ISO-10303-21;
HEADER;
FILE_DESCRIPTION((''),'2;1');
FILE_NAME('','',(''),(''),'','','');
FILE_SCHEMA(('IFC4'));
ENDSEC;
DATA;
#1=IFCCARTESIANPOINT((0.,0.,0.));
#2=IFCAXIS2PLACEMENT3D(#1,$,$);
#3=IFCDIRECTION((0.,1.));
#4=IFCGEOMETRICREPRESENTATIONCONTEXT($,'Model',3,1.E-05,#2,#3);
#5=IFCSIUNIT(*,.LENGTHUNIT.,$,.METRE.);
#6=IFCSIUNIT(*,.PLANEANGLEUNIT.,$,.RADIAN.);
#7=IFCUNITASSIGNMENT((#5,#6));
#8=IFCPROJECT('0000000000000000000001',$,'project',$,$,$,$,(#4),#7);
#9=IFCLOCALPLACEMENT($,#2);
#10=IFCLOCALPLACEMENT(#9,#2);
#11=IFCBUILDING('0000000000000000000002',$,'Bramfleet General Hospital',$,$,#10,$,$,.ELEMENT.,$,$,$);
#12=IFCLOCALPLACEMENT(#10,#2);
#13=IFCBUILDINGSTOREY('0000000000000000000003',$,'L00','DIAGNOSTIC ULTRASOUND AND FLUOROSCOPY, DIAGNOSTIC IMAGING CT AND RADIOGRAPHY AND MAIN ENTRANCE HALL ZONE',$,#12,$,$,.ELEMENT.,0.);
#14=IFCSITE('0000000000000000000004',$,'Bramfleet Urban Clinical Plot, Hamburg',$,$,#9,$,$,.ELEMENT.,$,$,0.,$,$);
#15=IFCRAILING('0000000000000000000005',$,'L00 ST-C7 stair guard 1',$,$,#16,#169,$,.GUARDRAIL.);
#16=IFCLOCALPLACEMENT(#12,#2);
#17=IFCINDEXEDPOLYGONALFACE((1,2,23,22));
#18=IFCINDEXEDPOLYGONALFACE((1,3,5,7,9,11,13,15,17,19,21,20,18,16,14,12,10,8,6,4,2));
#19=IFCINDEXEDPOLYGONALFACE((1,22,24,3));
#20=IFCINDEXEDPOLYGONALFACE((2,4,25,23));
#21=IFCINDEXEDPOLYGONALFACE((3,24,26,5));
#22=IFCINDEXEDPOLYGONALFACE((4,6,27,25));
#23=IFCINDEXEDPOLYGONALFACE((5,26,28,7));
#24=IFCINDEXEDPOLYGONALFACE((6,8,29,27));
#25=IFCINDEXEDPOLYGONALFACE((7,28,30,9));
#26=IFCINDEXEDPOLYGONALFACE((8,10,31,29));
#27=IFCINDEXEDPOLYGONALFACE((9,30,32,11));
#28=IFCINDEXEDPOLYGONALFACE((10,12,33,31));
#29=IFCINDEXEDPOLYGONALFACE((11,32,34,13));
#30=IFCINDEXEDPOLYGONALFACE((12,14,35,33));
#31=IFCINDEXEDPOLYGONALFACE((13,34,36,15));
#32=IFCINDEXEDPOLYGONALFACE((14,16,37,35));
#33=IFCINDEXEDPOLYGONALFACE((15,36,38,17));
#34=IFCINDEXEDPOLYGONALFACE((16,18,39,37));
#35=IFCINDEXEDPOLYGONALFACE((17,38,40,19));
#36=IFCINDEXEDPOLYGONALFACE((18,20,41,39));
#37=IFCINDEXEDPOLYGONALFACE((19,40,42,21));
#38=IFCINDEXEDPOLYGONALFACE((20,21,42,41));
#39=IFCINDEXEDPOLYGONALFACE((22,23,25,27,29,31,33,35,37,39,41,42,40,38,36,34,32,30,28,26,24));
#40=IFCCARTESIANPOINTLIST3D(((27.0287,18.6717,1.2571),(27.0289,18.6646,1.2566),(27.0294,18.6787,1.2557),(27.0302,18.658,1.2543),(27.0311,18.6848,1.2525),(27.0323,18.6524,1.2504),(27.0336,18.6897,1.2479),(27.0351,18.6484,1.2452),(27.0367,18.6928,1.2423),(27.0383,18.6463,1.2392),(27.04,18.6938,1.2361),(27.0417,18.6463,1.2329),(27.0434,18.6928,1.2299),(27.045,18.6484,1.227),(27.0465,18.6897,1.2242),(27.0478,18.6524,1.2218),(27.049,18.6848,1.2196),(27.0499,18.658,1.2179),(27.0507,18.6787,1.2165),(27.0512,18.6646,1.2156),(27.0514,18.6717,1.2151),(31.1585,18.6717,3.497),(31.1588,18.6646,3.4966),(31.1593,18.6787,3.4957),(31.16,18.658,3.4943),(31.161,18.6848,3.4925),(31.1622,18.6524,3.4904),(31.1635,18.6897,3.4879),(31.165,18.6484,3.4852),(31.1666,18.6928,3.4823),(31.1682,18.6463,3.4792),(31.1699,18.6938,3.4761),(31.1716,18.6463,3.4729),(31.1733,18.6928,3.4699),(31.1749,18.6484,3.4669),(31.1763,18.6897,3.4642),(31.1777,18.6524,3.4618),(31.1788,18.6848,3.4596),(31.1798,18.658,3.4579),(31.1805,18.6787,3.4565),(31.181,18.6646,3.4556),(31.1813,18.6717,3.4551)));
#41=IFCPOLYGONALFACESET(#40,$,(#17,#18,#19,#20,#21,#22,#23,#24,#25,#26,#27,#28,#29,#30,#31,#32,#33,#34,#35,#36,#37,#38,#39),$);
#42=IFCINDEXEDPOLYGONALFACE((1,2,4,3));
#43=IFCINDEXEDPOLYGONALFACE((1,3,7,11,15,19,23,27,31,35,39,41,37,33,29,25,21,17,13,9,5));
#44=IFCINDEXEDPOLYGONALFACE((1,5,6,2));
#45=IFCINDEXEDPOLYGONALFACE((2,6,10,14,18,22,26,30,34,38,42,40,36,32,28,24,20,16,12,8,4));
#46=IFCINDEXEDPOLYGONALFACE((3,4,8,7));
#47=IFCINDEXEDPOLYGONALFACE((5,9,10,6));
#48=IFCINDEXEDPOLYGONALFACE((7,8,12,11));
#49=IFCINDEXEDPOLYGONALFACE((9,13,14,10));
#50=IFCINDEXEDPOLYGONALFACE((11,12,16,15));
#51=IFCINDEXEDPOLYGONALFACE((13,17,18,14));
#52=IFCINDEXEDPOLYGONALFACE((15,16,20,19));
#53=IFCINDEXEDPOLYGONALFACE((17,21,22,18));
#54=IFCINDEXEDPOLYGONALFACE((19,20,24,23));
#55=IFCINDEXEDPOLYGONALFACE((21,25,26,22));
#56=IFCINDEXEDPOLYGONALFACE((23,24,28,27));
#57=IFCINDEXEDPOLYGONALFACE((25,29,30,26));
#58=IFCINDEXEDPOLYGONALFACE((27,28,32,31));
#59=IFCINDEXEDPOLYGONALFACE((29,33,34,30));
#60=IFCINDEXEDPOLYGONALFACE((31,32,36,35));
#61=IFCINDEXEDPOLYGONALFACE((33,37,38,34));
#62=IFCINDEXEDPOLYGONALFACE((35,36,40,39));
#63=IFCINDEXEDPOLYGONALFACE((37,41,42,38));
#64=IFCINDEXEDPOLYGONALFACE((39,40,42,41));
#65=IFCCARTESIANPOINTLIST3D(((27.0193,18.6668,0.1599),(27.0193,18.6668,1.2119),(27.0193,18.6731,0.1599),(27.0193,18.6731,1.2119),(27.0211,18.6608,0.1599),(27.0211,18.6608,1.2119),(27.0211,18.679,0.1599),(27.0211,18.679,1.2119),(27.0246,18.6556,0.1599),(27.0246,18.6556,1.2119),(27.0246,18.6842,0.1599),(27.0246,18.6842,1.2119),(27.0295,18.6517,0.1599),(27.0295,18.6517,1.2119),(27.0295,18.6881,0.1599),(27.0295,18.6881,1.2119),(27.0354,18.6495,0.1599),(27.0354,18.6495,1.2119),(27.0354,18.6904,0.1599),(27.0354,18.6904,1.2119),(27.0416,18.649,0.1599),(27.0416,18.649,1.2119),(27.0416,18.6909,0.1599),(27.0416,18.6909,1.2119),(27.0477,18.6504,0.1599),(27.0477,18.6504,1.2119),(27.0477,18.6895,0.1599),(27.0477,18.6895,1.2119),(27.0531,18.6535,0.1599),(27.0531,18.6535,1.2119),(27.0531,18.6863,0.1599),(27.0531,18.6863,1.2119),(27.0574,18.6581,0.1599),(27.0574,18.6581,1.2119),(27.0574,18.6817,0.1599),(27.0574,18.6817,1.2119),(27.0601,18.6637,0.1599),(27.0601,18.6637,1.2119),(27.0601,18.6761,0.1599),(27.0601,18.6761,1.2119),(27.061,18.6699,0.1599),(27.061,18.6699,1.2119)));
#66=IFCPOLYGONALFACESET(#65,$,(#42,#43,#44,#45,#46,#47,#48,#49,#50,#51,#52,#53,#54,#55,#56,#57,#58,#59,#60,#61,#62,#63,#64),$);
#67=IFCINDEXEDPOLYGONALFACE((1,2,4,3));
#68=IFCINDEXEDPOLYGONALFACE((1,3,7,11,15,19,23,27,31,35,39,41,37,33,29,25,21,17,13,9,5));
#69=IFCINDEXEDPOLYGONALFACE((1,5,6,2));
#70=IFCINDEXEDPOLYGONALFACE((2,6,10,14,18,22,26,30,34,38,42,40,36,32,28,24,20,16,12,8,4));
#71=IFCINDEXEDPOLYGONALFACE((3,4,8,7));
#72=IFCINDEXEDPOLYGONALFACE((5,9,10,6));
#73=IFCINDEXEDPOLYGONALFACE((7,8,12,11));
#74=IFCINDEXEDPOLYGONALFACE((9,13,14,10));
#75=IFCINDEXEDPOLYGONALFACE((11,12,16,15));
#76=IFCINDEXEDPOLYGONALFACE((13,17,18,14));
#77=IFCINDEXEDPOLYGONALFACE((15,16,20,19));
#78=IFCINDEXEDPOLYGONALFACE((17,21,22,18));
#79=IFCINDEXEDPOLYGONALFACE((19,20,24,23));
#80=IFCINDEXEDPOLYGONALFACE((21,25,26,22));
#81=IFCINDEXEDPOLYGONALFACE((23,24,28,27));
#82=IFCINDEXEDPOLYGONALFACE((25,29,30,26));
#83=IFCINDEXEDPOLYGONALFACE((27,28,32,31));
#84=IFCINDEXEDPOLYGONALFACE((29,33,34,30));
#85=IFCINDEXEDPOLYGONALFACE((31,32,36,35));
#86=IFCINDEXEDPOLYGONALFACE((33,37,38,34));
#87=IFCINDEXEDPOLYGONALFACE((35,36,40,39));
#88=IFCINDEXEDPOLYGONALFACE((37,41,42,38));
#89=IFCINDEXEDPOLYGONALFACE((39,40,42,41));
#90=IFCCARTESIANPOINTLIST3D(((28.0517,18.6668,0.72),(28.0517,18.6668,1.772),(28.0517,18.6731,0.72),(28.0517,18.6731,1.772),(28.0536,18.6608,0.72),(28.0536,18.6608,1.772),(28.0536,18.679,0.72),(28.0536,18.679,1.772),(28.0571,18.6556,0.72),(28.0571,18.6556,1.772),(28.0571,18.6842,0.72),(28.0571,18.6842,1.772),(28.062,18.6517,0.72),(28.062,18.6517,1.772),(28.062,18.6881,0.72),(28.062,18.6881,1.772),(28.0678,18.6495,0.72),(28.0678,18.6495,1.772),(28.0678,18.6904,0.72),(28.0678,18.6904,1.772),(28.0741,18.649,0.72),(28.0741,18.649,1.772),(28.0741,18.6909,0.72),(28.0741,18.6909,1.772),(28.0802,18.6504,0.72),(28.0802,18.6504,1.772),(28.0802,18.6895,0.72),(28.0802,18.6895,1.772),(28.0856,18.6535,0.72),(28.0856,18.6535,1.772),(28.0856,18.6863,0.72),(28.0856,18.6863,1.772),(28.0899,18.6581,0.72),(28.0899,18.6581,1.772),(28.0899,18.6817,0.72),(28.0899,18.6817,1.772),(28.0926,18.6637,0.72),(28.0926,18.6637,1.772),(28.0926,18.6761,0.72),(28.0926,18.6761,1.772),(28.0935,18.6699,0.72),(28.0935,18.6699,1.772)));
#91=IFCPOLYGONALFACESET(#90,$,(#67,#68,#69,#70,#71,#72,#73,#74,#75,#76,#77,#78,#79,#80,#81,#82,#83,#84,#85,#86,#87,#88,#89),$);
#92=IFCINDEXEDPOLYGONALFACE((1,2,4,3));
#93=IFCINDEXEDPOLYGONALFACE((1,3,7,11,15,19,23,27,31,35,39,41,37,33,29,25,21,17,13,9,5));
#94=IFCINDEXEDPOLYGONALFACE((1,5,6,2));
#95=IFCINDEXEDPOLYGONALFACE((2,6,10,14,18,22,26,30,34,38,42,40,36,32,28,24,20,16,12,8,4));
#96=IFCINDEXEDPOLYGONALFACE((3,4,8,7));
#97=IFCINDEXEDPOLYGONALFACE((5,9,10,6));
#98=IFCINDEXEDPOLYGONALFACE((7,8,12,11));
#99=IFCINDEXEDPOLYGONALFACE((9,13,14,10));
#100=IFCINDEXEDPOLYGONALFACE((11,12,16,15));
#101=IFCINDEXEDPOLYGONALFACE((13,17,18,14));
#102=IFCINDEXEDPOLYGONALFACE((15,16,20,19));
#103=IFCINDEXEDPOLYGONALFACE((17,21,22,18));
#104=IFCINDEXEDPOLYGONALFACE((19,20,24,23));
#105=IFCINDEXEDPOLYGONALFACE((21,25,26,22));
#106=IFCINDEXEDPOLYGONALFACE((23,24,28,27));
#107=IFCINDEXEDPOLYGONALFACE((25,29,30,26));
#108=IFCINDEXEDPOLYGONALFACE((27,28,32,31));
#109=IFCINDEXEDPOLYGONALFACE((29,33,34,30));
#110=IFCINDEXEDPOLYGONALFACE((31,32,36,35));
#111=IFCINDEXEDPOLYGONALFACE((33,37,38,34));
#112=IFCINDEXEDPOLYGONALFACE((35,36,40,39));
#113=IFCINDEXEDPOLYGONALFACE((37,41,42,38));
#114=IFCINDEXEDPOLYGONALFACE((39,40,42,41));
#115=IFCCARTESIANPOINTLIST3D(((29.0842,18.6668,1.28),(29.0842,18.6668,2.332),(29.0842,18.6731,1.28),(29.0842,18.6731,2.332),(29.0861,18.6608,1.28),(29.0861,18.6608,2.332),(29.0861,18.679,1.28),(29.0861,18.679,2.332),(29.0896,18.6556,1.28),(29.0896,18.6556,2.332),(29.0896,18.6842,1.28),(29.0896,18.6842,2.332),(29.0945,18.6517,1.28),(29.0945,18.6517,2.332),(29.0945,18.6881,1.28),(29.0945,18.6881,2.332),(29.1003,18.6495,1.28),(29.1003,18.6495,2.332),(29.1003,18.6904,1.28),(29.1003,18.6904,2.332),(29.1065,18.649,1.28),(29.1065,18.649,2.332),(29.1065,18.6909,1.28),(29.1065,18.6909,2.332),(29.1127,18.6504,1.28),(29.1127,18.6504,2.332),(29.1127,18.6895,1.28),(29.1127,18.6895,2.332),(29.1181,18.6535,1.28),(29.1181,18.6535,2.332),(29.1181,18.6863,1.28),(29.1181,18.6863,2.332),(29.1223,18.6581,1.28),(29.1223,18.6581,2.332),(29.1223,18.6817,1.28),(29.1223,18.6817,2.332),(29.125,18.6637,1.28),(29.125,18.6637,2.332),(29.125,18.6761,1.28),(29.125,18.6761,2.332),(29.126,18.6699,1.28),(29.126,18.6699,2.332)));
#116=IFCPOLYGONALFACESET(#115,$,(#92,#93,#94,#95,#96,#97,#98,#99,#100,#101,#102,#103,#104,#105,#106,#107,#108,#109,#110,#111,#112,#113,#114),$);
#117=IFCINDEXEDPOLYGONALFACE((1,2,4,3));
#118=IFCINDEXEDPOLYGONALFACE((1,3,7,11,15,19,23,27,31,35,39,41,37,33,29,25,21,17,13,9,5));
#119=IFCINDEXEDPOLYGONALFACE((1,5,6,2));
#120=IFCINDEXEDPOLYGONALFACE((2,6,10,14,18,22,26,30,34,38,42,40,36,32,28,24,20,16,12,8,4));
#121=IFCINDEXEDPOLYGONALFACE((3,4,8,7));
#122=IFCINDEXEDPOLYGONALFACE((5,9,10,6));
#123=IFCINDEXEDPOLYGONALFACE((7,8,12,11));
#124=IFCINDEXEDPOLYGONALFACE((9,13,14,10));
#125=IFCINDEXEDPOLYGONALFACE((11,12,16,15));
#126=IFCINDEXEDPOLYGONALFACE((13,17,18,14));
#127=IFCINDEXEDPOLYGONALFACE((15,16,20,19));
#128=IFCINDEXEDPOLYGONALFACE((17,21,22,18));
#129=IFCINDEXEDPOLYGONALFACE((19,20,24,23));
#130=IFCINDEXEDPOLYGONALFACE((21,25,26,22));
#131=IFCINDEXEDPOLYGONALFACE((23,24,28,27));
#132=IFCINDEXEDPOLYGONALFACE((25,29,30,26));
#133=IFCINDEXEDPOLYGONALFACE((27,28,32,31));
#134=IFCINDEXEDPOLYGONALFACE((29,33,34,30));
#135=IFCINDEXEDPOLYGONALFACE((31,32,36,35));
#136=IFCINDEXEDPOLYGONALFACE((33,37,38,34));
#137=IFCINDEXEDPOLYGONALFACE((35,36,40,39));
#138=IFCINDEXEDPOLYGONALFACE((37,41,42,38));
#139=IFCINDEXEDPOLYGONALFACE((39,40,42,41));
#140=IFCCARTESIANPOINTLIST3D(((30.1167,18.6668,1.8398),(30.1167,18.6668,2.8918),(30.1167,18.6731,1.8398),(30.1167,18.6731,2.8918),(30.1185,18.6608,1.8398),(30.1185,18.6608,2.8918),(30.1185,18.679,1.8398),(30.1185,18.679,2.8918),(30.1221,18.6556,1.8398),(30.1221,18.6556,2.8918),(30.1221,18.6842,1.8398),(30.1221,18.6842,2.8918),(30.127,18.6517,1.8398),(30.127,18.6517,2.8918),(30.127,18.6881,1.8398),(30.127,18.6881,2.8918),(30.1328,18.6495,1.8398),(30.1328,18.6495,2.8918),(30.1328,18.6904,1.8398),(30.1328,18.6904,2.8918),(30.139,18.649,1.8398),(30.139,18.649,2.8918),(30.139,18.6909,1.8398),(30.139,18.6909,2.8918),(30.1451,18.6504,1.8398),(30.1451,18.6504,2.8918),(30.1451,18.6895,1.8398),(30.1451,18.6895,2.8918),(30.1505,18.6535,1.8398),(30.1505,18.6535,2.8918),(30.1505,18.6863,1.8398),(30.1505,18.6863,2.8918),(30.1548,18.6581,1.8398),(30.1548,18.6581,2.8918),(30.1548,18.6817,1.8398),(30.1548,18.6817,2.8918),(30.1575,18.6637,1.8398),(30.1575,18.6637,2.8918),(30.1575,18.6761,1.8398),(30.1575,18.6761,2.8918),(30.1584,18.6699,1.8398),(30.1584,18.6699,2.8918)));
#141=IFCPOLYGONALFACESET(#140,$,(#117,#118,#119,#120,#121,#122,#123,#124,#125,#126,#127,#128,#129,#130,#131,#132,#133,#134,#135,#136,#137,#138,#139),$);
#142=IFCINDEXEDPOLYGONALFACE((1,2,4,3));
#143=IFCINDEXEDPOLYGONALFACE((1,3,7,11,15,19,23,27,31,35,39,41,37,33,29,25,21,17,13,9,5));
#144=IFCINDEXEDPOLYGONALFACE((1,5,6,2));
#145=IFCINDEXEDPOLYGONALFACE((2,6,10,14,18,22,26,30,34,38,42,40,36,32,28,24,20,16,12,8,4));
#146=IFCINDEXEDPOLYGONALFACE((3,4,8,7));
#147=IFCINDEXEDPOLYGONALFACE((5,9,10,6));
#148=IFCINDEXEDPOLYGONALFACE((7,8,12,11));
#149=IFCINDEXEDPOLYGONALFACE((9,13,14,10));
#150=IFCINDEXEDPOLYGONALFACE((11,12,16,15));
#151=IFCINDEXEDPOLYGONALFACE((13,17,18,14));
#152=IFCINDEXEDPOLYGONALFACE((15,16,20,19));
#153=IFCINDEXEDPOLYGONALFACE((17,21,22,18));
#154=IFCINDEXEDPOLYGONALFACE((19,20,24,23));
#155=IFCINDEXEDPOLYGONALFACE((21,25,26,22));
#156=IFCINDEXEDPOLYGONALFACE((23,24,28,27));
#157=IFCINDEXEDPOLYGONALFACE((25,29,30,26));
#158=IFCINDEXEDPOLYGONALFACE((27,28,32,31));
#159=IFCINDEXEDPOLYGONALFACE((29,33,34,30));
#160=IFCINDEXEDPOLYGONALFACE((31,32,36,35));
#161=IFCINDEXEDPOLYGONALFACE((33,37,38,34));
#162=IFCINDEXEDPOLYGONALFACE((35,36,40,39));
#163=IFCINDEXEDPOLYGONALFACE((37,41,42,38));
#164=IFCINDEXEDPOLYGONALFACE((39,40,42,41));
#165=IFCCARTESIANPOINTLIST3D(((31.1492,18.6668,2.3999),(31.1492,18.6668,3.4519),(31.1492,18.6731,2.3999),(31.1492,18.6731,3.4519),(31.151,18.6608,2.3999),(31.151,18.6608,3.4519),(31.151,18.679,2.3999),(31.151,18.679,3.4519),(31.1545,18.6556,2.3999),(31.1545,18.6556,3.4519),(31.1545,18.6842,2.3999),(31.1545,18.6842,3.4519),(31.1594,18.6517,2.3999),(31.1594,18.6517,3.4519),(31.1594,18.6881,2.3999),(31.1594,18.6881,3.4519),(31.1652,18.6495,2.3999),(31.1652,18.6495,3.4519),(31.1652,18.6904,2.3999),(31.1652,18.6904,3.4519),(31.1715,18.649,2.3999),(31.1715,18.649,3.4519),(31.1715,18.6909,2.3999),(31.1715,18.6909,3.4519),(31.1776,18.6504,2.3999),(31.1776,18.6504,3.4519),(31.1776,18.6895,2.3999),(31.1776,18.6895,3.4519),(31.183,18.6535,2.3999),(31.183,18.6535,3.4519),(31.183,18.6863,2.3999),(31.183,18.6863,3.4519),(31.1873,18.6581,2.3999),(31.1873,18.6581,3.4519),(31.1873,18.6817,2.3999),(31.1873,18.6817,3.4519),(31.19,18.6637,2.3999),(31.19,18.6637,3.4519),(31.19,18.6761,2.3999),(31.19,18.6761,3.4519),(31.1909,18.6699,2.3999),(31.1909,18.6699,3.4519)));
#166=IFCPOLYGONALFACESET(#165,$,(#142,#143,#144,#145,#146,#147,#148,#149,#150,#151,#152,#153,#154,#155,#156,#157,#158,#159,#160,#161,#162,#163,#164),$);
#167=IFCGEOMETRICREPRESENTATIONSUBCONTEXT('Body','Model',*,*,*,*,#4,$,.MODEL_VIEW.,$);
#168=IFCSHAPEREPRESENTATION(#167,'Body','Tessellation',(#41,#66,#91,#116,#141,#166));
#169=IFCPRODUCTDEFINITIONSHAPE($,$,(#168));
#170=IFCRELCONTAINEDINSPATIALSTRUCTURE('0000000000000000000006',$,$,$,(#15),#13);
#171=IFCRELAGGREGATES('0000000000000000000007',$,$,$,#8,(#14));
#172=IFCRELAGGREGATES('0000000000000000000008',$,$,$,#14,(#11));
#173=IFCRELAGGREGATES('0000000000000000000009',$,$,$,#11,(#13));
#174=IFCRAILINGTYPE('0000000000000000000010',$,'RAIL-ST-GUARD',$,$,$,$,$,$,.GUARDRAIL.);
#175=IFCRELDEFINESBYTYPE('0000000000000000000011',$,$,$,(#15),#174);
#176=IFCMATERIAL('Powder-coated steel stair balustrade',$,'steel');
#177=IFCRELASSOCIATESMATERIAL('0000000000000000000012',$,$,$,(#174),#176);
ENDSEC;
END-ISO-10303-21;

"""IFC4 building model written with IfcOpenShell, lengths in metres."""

from ifc_helpers import new_model, si_unit, direction, frame, origin, origin_2d, place, context, subcontext, project, spatial, circle, extrude, material, type_object, element, save


model = new_model("IFC4")

# Units and contexts
model_context = context("Model", 3, precision=1e-05, world=origin(), true_north=direction((0.0, 1.0)))
body_context = subcontext(model_context, "Body", "Model", "MODEL_VIEW")
ifc_project = project(units=[si_unit("LENGTHUNIT", "METRE"), si_unit("PLANEANGLEUNIT", "RADIAN")], contexts=[model_context])

# Site, building, storey
site_placement = place(None, origin())
site = spatial("IfcSite", under=ifc_project, at=site_placement, Name="Bramfleet Urban Clinical Plot, Hamburg", CompositionType="ELEMENT", RefElevation=0.0)
building_placement = place(site_placement, origin())
building = spatial("IfcBuilding", under=site, at=building_placement, Name="Bramfleet General Hospital", CompositionType="ELEMENT")
storey_placement = place(building_placement, origin())
storey = spatial("IfcBuildingStorey", under=building, at=storey_placement, Name="L00", Description="DIAGNOSTIC ULTRASOUND AND FLUOROSCOPY, DIAGNOSTIC IMAGING CT AND RADIOGRAPHY AND MAIN ENTRANCE HALL ZONE", CompositionType="ELEMENT", Elevation=0.0)

# Railing
ifc_material_1 = material(Name="Powder-coated steel stair balustrade", Category="steel")
railing_type_1 = type_object("IfcRailingType", Name="RAIL-ST-GUARD", PredefinedType="GUARDRAIL", material=ifc_material_1)
railing_1_placement = place(storey_placement, frame((27.04, 18.6699, 0.1599)))
element("IfcRailing", 1, at=railing_1_placement, inside=storey, type_object=railing_type_1, Name="L00 ST-C7 stair guard 1", PredefinedType="GUARDRAIL", context=body_context, shape_type="SweptSolid", body=[
    extrude(circle(Radius=0.0239, at=origin_2d()), frame((0.0, 0.0, 1.0762), z_axis=(0.879027, 0.0, 0.476772), x_axis=(0.0, 1.0, 0.0)), (0.0, 0.0, 1.0), 4.6982),
    extrude(circle(Radius=0.021, at=origin_2d()), origin(), (0.0, 0.0, 1.0), 1.052),
    extrude(circle(Radius=0.021, at=origin_2d()), frame((1.0325, 0.0, 0.5601)), (0.0, 0.0, 1.0), 1.052),
    extrude(circle(Radius=0.021, at=origin_2d()), frame((2.0649, 0.0, 1.1201)), (0.0, 0.0, 1.0), 1.052),
    extrude(circle(Radius=0.021, at=origin_2d()), frame((3.0974, 0.0, 1.6799)), (0.0, 0.0, 1.0), 1.052),
    extrude(circle(Radius=0.021, at=origin_2d()), frame((4.1299, 0.0, 2.24)), (0.0, 0.0, 1.0), 1.052),
])

save(model, "model.ifc")
